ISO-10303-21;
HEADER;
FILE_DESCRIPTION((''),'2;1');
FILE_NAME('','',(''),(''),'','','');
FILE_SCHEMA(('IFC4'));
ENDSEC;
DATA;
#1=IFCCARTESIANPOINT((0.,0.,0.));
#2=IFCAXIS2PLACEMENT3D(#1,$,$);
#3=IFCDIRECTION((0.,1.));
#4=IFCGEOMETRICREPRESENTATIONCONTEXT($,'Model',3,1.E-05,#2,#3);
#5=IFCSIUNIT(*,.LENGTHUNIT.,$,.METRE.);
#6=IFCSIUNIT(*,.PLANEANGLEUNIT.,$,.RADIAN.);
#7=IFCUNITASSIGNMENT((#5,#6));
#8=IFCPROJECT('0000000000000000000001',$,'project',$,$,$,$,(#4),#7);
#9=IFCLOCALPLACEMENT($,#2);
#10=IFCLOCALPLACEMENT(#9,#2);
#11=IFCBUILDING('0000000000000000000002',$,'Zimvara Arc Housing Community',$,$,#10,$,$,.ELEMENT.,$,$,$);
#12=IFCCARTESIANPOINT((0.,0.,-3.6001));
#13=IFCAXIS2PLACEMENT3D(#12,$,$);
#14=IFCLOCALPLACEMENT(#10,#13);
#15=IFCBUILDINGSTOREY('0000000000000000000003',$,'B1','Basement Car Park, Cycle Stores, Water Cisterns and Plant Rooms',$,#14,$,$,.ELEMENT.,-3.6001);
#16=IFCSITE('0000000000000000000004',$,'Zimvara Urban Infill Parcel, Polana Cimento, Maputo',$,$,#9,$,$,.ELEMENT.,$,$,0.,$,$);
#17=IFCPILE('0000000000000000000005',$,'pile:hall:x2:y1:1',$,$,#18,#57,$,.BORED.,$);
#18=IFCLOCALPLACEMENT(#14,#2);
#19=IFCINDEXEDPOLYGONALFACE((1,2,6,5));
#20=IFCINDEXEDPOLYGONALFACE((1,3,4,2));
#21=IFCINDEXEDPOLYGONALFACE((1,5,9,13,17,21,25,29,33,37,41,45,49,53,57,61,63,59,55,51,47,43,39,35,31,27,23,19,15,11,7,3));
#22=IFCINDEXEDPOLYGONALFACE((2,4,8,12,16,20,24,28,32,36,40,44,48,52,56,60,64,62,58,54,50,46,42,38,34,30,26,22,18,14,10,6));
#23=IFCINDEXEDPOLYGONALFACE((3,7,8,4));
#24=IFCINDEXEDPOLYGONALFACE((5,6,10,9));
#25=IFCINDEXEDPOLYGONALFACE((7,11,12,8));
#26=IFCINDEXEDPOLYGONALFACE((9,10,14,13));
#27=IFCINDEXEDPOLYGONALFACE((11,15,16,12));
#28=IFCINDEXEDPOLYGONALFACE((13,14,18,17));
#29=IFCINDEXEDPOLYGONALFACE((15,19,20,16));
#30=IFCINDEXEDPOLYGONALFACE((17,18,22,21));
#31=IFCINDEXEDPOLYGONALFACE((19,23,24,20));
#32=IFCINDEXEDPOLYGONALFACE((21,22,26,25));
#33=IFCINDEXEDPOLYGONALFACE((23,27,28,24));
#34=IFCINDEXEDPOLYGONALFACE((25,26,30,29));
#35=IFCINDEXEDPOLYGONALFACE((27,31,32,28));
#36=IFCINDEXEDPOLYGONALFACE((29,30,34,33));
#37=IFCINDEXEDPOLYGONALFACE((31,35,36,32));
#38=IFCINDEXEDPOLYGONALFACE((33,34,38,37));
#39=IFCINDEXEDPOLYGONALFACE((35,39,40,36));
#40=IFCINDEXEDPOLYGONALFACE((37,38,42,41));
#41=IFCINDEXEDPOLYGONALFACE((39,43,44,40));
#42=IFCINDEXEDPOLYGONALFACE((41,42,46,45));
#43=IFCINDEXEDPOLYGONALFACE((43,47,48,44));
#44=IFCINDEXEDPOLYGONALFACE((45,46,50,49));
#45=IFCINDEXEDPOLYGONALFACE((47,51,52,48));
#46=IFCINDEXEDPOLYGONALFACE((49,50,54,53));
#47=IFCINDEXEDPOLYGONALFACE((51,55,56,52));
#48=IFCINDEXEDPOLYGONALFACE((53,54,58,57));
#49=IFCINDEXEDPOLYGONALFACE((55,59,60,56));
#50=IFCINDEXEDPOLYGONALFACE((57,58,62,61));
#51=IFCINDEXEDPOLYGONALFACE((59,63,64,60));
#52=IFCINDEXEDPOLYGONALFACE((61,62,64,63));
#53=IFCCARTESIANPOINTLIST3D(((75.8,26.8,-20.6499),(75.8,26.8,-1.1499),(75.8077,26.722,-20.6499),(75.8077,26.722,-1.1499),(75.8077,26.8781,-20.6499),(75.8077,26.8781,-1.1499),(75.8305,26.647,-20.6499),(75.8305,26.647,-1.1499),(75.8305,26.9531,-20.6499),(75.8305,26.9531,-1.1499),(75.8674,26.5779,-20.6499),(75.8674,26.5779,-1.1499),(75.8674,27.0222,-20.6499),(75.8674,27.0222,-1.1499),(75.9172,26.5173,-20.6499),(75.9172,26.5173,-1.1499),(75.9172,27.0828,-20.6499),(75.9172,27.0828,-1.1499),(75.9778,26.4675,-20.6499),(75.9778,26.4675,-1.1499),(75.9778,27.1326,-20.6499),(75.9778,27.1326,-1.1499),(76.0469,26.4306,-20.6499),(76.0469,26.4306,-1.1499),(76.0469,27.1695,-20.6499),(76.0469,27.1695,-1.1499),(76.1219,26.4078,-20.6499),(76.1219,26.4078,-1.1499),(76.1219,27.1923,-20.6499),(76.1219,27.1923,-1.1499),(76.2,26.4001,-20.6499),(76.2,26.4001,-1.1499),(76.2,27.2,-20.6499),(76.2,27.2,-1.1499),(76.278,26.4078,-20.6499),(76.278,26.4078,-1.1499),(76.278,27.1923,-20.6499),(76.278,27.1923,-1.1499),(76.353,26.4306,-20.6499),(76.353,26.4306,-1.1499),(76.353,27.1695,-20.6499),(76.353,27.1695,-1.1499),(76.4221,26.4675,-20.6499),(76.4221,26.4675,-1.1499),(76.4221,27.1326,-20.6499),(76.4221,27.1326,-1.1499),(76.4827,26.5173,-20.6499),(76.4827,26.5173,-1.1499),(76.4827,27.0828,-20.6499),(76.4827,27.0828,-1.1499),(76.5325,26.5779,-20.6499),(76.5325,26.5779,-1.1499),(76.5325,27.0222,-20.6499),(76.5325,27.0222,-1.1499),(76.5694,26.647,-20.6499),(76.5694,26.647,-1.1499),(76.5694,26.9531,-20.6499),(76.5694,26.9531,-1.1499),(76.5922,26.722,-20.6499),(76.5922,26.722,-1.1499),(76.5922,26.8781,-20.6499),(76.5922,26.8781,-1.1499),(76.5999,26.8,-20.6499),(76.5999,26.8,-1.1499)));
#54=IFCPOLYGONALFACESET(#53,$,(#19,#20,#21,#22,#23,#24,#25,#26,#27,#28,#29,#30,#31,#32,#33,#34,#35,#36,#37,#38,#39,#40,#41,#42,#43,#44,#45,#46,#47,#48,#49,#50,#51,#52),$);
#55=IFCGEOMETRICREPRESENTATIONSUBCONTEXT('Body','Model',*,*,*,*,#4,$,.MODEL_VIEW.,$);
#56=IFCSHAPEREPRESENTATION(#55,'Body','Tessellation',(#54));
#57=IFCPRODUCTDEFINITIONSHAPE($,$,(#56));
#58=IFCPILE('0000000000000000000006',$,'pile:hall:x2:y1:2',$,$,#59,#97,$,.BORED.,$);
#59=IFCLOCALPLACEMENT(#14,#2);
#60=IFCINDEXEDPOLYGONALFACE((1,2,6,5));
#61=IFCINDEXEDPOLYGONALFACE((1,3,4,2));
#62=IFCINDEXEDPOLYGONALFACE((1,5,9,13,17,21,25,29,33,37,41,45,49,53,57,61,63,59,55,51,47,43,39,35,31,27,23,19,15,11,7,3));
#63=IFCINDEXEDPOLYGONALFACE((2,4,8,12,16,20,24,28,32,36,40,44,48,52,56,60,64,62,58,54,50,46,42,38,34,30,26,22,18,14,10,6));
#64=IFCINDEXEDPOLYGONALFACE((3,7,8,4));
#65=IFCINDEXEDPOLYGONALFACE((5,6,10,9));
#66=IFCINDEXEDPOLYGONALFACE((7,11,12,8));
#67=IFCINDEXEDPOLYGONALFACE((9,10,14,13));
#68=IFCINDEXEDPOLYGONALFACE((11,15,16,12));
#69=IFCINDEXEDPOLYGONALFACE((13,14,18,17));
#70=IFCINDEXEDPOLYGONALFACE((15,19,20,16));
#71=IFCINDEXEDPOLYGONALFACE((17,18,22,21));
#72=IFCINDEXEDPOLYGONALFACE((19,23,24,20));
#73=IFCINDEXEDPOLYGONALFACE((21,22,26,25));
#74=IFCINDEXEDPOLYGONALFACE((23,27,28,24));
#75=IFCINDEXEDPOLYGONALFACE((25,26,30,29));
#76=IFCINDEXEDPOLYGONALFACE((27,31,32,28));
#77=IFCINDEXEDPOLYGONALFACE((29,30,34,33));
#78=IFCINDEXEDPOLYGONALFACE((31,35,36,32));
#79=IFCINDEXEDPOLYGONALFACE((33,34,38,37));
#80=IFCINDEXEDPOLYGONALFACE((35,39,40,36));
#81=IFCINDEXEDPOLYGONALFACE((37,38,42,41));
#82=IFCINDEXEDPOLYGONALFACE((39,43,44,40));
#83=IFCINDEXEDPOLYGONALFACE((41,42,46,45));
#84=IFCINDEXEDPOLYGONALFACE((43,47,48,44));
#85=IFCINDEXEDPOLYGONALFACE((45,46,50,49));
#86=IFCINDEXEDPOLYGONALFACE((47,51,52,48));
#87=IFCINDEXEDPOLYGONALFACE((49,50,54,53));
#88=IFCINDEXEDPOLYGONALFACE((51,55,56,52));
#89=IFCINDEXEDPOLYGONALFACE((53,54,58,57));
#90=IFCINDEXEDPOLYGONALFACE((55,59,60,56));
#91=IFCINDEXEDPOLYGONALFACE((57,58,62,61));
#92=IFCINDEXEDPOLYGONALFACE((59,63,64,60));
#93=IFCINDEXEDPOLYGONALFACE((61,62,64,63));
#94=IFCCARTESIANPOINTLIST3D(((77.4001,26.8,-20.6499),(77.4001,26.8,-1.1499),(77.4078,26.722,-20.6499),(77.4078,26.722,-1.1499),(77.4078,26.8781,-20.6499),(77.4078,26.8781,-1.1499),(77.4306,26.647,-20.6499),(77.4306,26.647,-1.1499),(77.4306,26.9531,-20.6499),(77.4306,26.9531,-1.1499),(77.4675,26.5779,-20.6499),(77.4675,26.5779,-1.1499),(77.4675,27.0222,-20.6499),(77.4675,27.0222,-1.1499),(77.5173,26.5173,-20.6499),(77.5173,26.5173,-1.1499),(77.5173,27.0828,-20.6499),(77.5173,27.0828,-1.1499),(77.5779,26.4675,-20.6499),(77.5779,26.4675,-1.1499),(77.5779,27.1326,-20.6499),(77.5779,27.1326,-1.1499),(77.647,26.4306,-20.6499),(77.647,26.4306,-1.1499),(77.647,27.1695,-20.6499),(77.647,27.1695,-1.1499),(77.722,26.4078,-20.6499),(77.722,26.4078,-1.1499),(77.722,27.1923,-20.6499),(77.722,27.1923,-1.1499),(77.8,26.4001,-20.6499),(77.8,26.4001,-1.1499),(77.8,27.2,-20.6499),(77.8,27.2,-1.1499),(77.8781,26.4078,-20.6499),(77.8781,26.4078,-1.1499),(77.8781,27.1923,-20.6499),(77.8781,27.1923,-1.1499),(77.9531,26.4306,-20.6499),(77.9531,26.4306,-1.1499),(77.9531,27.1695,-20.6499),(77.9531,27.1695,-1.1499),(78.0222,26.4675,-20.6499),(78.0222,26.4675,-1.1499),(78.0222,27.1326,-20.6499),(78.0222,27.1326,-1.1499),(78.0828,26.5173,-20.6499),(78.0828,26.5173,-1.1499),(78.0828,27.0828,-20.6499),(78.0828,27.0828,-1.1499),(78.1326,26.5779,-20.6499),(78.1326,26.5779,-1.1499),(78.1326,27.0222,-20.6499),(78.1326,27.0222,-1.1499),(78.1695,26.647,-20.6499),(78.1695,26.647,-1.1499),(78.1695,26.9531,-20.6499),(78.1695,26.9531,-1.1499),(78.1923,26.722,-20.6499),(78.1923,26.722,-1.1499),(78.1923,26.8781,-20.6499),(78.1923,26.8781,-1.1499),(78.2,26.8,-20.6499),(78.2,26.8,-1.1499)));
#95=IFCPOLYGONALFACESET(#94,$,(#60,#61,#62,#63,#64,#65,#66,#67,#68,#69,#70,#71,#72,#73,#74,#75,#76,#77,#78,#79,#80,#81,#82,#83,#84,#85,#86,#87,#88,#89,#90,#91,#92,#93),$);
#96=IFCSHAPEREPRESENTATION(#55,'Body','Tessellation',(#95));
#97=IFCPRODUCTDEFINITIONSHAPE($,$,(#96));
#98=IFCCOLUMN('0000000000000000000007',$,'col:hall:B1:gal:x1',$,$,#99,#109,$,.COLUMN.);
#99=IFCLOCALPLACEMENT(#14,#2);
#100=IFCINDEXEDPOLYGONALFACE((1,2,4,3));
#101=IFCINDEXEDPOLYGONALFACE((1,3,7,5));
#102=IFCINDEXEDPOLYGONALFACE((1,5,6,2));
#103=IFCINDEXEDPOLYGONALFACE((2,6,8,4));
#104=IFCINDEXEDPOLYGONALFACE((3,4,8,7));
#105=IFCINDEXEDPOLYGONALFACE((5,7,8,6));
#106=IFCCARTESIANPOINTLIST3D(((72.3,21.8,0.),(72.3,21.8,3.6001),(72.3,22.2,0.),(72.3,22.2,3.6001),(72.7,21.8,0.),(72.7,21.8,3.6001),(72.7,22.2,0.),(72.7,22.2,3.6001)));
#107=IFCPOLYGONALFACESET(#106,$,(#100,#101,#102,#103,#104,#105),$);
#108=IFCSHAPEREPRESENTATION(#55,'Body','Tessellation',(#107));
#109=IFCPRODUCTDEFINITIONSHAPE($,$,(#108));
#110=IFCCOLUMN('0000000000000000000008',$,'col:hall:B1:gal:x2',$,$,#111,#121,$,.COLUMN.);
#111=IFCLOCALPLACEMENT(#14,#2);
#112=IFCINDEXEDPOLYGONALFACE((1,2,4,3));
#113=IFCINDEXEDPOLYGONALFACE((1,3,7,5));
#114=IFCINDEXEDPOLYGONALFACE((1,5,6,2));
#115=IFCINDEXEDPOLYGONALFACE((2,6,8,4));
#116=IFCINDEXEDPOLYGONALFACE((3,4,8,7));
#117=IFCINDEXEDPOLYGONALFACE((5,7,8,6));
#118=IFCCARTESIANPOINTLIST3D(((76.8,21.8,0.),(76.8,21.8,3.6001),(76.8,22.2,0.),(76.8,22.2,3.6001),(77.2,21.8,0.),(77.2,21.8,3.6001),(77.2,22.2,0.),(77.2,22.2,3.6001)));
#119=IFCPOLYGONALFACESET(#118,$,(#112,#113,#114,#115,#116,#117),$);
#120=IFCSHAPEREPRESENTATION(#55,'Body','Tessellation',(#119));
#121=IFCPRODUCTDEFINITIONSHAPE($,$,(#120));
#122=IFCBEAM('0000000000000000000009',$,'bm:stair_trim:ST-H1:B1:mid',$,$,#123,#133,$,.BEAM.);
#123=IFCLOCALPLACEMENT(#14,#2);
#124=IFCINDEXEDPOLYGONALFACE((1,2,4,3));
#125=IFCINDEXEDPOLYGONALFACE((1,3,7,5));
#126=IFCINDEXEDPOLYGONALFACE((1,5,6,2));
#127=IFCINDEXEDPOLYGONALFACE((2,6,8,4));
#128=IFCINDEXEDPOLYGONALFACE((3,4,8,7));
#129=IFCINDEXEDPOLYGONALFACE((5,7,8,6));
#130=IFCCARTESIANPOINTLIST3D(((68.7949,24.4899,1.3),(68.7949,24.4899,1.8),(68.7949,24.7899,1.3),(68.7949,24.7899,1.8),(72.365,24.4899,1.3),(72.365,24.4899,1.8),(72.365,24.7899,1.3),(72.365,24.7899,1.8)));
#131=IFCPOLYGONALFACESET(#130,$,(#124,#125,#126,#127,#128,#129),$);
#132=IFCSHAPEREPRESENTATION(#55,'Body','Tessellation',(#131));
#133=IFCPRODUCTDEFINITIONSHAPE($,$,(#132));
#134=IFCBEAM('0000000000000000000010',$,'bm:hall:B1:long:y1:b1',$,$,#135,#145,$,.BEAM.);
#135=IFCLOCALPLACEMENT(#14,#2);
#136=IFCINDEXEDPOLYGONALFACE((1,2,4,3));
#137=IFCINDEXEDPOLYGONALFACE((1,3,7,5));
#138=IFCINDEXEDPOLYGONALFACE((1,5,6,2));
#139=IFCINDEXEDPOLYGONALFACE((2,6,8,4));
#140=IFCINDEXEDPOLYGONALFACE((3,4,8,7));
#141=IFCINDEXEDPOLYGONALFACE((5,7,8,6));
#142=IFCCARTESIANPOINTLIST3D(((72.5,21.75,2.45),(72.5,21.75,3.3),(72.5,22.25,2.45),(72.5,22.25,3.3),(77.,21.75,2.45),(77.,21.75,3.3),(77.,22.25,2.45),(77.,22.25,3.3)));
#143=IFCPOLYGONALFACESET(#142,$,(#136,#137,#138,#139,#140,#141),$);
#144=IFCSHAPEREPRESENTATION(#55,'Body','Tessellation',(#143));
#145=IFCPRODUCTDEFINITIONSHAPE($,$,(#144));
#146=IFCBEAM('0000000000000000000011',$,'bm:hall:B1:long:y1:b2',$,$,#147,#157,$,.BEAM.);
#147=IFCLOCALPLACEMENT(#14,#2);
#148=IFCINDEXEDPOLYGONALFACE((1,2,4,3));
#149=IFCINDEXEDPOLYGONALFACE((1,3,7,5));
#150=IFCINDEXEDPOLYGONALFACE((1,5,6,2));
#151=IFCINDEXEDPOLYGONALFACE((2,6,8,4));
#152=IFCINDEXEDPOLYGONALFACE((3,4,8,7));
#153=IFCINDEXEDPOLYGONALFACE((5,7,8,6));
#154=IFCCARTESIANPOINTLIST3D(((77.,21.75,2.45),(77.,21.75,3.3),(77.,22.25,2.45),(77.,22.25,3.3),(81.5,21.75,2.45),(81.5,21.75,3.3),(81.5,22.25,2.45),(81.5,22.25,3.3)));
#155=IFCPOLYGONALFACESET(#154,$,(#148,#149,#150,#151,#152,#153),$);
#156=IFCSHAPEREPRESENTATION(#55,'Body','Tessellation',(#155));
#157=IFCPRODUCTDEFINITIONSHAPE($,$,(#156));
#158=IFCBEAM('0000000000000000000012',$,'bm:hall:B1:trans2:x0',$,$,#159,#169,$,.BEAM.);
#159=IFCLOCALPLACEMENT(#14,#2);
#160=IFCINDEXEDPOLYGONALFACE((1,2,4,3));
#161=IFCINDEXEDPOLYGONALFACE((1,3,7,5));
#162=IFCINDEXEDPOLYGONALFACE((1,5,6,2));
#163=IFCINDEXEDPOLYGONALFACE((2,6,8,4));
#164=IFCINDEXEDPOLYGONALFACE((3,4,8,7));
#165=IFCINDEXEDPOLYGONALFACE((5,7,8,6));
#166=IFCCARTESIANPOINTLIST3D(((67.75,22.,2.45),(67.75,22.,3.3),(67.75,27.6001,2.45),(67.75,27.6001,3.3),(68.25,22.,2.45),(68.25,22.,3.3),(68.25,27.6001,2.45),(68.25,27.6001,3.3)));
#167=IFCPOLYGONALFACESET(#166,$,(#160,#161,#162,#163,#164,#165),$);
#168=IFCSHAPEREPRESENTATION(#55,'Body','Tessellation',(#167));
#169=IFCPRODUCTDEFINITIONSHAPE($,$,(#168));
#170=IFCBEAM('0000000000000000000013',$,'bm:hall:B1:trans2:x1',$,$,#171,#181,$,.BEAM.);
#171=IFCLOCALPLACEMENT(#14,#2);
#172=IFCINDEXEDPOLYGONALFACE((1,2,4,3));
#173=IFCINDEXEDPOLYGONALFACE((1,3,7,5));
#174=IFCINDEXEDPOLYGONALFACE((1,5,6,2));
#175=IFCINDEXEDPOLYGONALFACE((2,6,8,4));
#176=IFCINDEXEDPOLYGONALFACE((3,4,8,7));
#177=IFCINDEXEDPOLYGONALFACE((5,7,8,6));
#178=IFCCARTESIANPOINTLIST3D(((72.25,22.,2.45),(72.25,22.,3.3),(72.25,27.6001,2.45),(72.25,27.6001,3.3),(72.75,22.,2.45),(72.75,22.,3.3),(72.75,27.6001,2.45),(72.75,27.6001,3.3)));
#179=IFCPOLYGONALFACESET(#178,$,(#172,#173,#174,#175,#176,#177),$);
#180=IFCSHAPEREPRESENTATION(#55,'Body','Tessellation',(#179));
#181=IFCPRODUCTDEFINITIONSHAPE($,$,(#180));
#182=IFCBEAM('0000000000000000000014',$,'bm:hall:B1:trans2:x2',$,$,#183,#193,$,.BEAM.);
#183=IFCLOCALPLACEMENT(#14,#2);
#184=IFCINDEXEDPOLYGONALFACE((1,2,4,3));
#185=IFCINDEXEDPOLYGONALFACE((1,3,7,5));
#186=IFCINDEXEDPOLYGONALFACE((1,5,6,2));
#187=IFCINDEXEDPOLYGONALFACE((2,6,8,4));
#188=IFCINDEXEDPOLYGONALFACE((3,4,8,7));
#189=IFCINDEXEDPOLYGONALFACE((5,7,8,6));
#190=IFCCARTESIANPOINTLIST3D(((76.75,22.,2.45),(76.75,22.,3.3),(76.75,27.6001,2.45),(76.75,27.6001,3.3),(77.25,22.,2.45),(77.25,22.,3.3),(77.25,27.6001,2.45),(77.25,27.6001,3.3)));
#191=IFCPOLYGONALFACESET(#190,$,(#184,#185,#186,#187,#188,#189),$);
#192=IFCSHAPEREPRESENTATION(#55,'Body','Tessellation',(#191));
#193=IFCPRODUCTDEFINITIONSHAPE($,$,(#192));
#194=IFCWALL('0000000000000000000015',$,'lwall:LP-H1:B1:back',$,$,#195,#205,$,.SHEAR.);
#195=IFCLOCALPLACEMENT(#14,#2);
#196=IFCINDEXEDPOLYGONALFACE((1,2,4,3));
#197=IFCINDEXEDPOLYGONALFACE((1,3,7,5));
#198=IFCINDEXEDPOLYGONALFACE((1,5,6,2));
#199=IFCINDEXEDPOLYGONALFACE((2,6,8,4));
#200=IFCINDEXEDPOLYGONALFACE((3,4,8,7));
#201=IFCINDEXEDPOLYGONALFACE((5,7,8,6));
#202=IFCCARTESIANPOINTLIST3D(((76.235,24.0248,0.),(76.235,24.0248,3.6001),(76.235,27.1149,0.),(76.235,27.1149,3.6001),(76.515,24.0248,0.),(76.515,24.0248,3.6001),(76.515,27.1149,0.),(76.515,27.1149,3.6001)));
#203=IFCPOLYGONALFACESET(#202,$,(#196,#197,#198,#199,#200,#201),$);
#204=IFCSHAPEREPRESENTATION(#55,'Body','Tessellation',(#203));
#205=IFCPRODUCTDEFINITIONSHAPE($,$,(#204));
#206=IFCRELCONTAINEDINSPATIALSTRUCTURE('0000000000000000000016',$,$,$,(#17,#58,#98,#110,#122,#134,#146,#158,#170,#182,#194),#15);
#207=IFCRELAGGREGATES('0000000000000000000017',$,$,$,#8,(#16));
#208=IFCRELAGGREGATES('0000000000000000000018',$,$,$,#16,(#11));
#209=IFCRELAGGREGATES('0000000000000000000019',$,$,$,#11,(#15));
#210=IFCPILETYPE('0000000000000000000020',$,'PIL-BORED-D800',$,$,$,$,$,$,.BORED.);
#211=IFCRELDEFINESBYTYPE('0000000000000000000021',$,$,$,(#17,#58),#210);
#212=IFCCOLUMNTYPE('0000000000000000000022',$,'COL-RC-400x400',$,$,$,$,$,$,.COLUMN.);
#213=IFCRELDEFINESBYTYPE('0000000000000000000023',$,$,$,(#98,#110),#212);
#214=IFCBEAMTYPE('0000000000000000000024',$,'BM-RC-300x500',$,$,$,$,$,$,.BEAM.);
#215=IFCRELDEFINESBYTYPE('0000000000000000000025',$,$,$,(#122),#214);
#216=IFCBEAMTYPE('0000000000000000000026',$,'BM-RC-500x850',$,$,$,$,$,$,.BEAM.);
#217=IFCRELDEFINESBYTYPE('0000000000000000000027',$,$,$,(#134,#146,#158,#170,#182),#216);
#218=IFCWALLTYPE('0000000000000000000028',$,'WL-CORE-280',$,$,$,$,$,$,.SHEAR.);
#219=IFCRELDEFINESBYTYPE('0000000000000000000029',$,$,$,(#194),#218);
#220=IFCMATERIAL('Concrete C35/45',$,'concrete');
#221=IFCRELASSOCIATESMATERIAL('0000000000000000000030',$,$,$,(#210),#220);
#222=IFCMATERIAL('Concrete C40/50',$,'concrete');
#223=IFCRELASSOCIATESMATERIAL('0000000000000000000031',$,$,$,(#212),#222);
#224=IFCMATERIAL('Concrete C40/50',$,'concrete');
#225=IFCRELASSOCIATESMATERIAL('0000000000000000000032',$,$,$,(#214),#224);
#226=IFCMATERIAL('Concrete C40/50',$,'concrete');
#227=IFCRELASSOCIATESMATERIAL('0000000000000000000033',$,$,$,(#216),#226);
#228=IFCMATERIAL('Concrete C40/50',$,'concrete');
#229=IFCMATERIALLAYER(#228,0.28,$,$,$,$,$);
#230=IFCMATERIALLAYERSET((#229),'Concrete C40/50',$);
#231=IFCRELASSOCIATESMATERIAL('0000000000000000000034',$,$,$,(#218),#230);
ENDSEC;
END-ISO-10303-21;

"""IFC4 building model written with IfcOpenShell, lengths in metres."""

from ifc_helpers import new_model, si_unit, direction, frame, frame_2d, origin, origin_2d, place, context, subcontext, project, spatial, rectangle, circle, extrude, material, layer, layer_set, material_profile, profile_set, type_object, element, save


model = new_model("IFC4")

# Units and contexts
model_context = context("Model", 3, precision=1e-05, world=origin(), true_north=direction((0.0, 1.0)))
body_context = subcontext(model_context, "Body", "Model", "MODEL_VIEW")
ifc_project = project(units=[si_unit("LENGTHUNIT", "METRE"), si_unit("PLANEANGLEUNIT", "RADIAN")], contexts=[model_context])

# Site, building, storey
site_placement = place(None, origin())
site = spatial("IfcSite", under=ifc_project, at=site_placement, Name="Zimvara Urban Infill Parcel, Polana Cimento, Maputo", CompositionType="ELEMENT", RefElevation=0.0)
building_placement = place(site_placement, origin())
building = spatial("IfcBuilding", under=site, at=building_placement, Name="Zimvara Arc Housing Community", CompositionType="ELEMENT")
storey_placement = place(building_placement, frame((0.0, 0.0, -3.6001)))
storey = spatial("IfcBuildingStorey", under=building, at=storey_placement, Name="B1", Description="Basement Car Park, Cycle Stores, Water Cisterns and Plant Rooms", CompositionType="ELEMENT", Elevation=-3.6001)

# Piles
ifc_material_1 = material(Name="Concrete C35/45", Category="concrete")
ifc_material_profile_1 = material_profile(ifc_material_1, circle(Radius=0.3999, at=origin_2d()), Name="PILE D800")
ifc_profile_set_1 = profile_set([ifc_material_profile_1], Name="Concrete C35/45")
pile_type_1 = type_object("IfcPileType", Name="PIL-BORED-D800", PredefinedType="BORED", material=ifc_profile_set_1)
for number, where, z_axis, x_axis, name in (
    (1, (76.2, 26.8, -1.1499), (0.0, 0.0, -1.0), (1.0, 0.0, 0.0), "pile:hall:x2:y1:1"),
    (2, (77.8, 26.8, -1.1499), (0.0, 0.0, -1.0), (1.0, 0.0, 0.0), "pile:hall:x2:y1:2"),
):
    element("IfcPile", number, at=place(storey_placement, frame(where, z_axis=z_axis, x_axis=x_axis)), inside=storey, type_object=pile_type_1, Name=name, PredefinedType="BORED", context=body_context, shape_type="SweptSolid", body=[
        extrude(circle(Radius=0.3999, at=origin_2d()), origin(), (0.0, 0.0, 1.0), 19.5),
    ])

# Columns
ifc_material_2 = material(Name="Concrete C40/50", Category="concrete")
ifc_material_profile_2 = material_profile(ifc_material_2, rectangle(XDim=0.3999, YDim=0.3999, at=origin_2d()), Name="RC 400x400")
ifc_profile_set_2 = profile_set([ifc_material_profile_2], Name="Concrete C40/50")
column_type = type_object("IfcColumnType", Name="COL-RC-400x400", PredefinedType="COLUMN", material=ifc_profile_set_2)
for number, where, z_axis, x_axis, name in (
    (3, (72.5, 22.0, 0.0), (0.0, 0.0, 1.0), (1.0, 0.0, 0.0), "col:hall:B1:gal:x1"),
    (4, (77.0, 22.0, 0.0), (0.0, 0.0, 1.0), (1.0, 0.0, 0.0), "col:hall:B1:gal:x2"),
):
    element("IfcColumn", number, at=place(storey_placement, frame(where, z_axis=z_axis, x_axis=x_axis)), inside=storey, type_object=column_type, Name=name, PredefinedType="COLUMN", context=body_context, shape_type="SweptSolid", body=[
        extrude(rectangle(XDim=0.3999, YDim=0.3999, at=origin_2d()), origin(), (0.0, 0.0, 1.0), 3.6001),
    ])

# Beams
ifc_material_3 = material(Name="Concrete C40/50", Category="concrete")
ifc_material_profile_3 = material_profile(ifc_material_3, rectangle(XDim=0.3, YDim=0.5, at=origin_2d()), Name="RC 300x500")
ifc_profile_set_3 = profile_set([ifc_material_profile_3], Name="Concrete C40/50")
beam_type_1 = type_object("IfcBeamType", Name="BM-RC-300x500", PredefinedType="BEAM", material=ifc_profile_set_3)
beam_placement = place(storey_placement, frame((72.365, 24.6399, 1.55), z_axis=(-1.0, 0.0, 0.0), x_axis=(0.0, -1.0, 0.0)))
element("IfcBeam", 5, at=beam_placement, inside=storey, type_object=beam_type_1, Name="bm:stair_trim:ST-H1:B1:mid", PredefinedType="BEAM", context=body_context, shape_type="SweptSolid", body=[
    extrude(rectangle(XDim=0.3, YDim=0.5, at=origin_2d()), origin(), (0.0, 0.0, 1.0), 3.5701),
])
ifc_material_4 = material(Name="Concrete C40/50", Category="concrete")
ifc_material_profile_4 = material_profile(ifc_material_4, rectangle(XDim=0.5, YDim=0.8501, at=origin_2d()), Name="RC 500x850")
ifc_profile_set_4 = profile_set([ifc_material_profile_4], Name="Concrete C40/50")
beam_type_2 = type_object("IfcBeamType", Name="BM-RC-500x850", PredefinedType="BEAM", material=ifc_profile_set_4)
for number, where, z_axis, x_axis, name in (
    (6, (72.5, 22.0, 2.875), (1.0, 0.0, 0.0), (0.0, 1.0, 0.0), "bm:hall:B1:long:y1:b1"),
    (7, (77.0, 22.0, 2.875), (1.0, 0.0, 0.0), (0.0, 1.0, 0.0), "bm:hall:B1:long:y1:b2"),
):
    element("IfcBeam", number, at=place(storey_placement, frame(where, z_axis=z_axis, x_axis=x_axis)), inside=storey, type_object=beam_type_2, Name=name, PredefinedType="BEAM", context=body_context, shape_type="SweptSolid", body=[
        extrude(rectangle(XDim=0.5, YDim=0.8501, at=origin_2d()), origin(), (0.0, 0.0, 1.0), 4.5),
    ])
for number, where, z_axis, x_axis, name in (
    (8, (68.0, 22.0, 2.875), (0.0, 1.0, 0.0), (-1.0, 0.0, 0.0), "bm:hall:B1:trans2:x0"),
    (9, (72.5, 22.0, 2.875), (0.0, 1.0, 0.0), (-1.0, 0.0, 0.0), "bm:hall:B1:trans2:x1"),
    (10, (77.0, 22.0, 2.875), (0.0, 1.0, 0.0), (-1.0, 0.0, 0.0), "bm:hall:B1:trans2:x2"),
):
    element("IfcBeam", number, at=place(storey_placement, frame(where, z_axis=z_axis, x_axis=x_axis)), inside=storey, type_object=beam_type_2, Name=name, PredefinedType="BEAM", context=body_context, shape_type="SweptSolid", body=[
        extrude(rectangle(XDim=0.5, YDim=0.8501, at=origin_2d()), origin(), (0.0, 0.0, 1.0), 5.6001),
    ])

# Shared definitions
ifc_material_5 = material(Name="Concrete C40/50", Category="concrete")
ifc_layer = layer(ifc_material_5, 0.28)
ifc_layer_set = layer_set([ifc_layer], Name="Concrete C40/50")
wall_type = type_object("IfcWallType", Name="WL-CORE-280", PredefinedType="SHEAR", material=ifc_layer_set)

# Wall
wall_1_placement = place(storey_placement, frame((76.375, 24.0249, 0.0), z_axis=(0.0, 0.0, 1.0), x_axis=(0.0, 1.0, 0.0)))
element("IfcWall", 11, at=wall_1_placement, inside=storey, type_object=wall_type, Name="lwall:LP-H1:B1:back", PredefinedType="SHEAR", context=body_context, shape_type="SweptSolid", body=[
    extrude(rectangle(XDim=3.0901, YDim=0.28, at=frame_2d((1.5449, 0.0))), origin(), (0.0, 0.0, 1.0), 3.6001),
])

save(model, "model.ifc")
